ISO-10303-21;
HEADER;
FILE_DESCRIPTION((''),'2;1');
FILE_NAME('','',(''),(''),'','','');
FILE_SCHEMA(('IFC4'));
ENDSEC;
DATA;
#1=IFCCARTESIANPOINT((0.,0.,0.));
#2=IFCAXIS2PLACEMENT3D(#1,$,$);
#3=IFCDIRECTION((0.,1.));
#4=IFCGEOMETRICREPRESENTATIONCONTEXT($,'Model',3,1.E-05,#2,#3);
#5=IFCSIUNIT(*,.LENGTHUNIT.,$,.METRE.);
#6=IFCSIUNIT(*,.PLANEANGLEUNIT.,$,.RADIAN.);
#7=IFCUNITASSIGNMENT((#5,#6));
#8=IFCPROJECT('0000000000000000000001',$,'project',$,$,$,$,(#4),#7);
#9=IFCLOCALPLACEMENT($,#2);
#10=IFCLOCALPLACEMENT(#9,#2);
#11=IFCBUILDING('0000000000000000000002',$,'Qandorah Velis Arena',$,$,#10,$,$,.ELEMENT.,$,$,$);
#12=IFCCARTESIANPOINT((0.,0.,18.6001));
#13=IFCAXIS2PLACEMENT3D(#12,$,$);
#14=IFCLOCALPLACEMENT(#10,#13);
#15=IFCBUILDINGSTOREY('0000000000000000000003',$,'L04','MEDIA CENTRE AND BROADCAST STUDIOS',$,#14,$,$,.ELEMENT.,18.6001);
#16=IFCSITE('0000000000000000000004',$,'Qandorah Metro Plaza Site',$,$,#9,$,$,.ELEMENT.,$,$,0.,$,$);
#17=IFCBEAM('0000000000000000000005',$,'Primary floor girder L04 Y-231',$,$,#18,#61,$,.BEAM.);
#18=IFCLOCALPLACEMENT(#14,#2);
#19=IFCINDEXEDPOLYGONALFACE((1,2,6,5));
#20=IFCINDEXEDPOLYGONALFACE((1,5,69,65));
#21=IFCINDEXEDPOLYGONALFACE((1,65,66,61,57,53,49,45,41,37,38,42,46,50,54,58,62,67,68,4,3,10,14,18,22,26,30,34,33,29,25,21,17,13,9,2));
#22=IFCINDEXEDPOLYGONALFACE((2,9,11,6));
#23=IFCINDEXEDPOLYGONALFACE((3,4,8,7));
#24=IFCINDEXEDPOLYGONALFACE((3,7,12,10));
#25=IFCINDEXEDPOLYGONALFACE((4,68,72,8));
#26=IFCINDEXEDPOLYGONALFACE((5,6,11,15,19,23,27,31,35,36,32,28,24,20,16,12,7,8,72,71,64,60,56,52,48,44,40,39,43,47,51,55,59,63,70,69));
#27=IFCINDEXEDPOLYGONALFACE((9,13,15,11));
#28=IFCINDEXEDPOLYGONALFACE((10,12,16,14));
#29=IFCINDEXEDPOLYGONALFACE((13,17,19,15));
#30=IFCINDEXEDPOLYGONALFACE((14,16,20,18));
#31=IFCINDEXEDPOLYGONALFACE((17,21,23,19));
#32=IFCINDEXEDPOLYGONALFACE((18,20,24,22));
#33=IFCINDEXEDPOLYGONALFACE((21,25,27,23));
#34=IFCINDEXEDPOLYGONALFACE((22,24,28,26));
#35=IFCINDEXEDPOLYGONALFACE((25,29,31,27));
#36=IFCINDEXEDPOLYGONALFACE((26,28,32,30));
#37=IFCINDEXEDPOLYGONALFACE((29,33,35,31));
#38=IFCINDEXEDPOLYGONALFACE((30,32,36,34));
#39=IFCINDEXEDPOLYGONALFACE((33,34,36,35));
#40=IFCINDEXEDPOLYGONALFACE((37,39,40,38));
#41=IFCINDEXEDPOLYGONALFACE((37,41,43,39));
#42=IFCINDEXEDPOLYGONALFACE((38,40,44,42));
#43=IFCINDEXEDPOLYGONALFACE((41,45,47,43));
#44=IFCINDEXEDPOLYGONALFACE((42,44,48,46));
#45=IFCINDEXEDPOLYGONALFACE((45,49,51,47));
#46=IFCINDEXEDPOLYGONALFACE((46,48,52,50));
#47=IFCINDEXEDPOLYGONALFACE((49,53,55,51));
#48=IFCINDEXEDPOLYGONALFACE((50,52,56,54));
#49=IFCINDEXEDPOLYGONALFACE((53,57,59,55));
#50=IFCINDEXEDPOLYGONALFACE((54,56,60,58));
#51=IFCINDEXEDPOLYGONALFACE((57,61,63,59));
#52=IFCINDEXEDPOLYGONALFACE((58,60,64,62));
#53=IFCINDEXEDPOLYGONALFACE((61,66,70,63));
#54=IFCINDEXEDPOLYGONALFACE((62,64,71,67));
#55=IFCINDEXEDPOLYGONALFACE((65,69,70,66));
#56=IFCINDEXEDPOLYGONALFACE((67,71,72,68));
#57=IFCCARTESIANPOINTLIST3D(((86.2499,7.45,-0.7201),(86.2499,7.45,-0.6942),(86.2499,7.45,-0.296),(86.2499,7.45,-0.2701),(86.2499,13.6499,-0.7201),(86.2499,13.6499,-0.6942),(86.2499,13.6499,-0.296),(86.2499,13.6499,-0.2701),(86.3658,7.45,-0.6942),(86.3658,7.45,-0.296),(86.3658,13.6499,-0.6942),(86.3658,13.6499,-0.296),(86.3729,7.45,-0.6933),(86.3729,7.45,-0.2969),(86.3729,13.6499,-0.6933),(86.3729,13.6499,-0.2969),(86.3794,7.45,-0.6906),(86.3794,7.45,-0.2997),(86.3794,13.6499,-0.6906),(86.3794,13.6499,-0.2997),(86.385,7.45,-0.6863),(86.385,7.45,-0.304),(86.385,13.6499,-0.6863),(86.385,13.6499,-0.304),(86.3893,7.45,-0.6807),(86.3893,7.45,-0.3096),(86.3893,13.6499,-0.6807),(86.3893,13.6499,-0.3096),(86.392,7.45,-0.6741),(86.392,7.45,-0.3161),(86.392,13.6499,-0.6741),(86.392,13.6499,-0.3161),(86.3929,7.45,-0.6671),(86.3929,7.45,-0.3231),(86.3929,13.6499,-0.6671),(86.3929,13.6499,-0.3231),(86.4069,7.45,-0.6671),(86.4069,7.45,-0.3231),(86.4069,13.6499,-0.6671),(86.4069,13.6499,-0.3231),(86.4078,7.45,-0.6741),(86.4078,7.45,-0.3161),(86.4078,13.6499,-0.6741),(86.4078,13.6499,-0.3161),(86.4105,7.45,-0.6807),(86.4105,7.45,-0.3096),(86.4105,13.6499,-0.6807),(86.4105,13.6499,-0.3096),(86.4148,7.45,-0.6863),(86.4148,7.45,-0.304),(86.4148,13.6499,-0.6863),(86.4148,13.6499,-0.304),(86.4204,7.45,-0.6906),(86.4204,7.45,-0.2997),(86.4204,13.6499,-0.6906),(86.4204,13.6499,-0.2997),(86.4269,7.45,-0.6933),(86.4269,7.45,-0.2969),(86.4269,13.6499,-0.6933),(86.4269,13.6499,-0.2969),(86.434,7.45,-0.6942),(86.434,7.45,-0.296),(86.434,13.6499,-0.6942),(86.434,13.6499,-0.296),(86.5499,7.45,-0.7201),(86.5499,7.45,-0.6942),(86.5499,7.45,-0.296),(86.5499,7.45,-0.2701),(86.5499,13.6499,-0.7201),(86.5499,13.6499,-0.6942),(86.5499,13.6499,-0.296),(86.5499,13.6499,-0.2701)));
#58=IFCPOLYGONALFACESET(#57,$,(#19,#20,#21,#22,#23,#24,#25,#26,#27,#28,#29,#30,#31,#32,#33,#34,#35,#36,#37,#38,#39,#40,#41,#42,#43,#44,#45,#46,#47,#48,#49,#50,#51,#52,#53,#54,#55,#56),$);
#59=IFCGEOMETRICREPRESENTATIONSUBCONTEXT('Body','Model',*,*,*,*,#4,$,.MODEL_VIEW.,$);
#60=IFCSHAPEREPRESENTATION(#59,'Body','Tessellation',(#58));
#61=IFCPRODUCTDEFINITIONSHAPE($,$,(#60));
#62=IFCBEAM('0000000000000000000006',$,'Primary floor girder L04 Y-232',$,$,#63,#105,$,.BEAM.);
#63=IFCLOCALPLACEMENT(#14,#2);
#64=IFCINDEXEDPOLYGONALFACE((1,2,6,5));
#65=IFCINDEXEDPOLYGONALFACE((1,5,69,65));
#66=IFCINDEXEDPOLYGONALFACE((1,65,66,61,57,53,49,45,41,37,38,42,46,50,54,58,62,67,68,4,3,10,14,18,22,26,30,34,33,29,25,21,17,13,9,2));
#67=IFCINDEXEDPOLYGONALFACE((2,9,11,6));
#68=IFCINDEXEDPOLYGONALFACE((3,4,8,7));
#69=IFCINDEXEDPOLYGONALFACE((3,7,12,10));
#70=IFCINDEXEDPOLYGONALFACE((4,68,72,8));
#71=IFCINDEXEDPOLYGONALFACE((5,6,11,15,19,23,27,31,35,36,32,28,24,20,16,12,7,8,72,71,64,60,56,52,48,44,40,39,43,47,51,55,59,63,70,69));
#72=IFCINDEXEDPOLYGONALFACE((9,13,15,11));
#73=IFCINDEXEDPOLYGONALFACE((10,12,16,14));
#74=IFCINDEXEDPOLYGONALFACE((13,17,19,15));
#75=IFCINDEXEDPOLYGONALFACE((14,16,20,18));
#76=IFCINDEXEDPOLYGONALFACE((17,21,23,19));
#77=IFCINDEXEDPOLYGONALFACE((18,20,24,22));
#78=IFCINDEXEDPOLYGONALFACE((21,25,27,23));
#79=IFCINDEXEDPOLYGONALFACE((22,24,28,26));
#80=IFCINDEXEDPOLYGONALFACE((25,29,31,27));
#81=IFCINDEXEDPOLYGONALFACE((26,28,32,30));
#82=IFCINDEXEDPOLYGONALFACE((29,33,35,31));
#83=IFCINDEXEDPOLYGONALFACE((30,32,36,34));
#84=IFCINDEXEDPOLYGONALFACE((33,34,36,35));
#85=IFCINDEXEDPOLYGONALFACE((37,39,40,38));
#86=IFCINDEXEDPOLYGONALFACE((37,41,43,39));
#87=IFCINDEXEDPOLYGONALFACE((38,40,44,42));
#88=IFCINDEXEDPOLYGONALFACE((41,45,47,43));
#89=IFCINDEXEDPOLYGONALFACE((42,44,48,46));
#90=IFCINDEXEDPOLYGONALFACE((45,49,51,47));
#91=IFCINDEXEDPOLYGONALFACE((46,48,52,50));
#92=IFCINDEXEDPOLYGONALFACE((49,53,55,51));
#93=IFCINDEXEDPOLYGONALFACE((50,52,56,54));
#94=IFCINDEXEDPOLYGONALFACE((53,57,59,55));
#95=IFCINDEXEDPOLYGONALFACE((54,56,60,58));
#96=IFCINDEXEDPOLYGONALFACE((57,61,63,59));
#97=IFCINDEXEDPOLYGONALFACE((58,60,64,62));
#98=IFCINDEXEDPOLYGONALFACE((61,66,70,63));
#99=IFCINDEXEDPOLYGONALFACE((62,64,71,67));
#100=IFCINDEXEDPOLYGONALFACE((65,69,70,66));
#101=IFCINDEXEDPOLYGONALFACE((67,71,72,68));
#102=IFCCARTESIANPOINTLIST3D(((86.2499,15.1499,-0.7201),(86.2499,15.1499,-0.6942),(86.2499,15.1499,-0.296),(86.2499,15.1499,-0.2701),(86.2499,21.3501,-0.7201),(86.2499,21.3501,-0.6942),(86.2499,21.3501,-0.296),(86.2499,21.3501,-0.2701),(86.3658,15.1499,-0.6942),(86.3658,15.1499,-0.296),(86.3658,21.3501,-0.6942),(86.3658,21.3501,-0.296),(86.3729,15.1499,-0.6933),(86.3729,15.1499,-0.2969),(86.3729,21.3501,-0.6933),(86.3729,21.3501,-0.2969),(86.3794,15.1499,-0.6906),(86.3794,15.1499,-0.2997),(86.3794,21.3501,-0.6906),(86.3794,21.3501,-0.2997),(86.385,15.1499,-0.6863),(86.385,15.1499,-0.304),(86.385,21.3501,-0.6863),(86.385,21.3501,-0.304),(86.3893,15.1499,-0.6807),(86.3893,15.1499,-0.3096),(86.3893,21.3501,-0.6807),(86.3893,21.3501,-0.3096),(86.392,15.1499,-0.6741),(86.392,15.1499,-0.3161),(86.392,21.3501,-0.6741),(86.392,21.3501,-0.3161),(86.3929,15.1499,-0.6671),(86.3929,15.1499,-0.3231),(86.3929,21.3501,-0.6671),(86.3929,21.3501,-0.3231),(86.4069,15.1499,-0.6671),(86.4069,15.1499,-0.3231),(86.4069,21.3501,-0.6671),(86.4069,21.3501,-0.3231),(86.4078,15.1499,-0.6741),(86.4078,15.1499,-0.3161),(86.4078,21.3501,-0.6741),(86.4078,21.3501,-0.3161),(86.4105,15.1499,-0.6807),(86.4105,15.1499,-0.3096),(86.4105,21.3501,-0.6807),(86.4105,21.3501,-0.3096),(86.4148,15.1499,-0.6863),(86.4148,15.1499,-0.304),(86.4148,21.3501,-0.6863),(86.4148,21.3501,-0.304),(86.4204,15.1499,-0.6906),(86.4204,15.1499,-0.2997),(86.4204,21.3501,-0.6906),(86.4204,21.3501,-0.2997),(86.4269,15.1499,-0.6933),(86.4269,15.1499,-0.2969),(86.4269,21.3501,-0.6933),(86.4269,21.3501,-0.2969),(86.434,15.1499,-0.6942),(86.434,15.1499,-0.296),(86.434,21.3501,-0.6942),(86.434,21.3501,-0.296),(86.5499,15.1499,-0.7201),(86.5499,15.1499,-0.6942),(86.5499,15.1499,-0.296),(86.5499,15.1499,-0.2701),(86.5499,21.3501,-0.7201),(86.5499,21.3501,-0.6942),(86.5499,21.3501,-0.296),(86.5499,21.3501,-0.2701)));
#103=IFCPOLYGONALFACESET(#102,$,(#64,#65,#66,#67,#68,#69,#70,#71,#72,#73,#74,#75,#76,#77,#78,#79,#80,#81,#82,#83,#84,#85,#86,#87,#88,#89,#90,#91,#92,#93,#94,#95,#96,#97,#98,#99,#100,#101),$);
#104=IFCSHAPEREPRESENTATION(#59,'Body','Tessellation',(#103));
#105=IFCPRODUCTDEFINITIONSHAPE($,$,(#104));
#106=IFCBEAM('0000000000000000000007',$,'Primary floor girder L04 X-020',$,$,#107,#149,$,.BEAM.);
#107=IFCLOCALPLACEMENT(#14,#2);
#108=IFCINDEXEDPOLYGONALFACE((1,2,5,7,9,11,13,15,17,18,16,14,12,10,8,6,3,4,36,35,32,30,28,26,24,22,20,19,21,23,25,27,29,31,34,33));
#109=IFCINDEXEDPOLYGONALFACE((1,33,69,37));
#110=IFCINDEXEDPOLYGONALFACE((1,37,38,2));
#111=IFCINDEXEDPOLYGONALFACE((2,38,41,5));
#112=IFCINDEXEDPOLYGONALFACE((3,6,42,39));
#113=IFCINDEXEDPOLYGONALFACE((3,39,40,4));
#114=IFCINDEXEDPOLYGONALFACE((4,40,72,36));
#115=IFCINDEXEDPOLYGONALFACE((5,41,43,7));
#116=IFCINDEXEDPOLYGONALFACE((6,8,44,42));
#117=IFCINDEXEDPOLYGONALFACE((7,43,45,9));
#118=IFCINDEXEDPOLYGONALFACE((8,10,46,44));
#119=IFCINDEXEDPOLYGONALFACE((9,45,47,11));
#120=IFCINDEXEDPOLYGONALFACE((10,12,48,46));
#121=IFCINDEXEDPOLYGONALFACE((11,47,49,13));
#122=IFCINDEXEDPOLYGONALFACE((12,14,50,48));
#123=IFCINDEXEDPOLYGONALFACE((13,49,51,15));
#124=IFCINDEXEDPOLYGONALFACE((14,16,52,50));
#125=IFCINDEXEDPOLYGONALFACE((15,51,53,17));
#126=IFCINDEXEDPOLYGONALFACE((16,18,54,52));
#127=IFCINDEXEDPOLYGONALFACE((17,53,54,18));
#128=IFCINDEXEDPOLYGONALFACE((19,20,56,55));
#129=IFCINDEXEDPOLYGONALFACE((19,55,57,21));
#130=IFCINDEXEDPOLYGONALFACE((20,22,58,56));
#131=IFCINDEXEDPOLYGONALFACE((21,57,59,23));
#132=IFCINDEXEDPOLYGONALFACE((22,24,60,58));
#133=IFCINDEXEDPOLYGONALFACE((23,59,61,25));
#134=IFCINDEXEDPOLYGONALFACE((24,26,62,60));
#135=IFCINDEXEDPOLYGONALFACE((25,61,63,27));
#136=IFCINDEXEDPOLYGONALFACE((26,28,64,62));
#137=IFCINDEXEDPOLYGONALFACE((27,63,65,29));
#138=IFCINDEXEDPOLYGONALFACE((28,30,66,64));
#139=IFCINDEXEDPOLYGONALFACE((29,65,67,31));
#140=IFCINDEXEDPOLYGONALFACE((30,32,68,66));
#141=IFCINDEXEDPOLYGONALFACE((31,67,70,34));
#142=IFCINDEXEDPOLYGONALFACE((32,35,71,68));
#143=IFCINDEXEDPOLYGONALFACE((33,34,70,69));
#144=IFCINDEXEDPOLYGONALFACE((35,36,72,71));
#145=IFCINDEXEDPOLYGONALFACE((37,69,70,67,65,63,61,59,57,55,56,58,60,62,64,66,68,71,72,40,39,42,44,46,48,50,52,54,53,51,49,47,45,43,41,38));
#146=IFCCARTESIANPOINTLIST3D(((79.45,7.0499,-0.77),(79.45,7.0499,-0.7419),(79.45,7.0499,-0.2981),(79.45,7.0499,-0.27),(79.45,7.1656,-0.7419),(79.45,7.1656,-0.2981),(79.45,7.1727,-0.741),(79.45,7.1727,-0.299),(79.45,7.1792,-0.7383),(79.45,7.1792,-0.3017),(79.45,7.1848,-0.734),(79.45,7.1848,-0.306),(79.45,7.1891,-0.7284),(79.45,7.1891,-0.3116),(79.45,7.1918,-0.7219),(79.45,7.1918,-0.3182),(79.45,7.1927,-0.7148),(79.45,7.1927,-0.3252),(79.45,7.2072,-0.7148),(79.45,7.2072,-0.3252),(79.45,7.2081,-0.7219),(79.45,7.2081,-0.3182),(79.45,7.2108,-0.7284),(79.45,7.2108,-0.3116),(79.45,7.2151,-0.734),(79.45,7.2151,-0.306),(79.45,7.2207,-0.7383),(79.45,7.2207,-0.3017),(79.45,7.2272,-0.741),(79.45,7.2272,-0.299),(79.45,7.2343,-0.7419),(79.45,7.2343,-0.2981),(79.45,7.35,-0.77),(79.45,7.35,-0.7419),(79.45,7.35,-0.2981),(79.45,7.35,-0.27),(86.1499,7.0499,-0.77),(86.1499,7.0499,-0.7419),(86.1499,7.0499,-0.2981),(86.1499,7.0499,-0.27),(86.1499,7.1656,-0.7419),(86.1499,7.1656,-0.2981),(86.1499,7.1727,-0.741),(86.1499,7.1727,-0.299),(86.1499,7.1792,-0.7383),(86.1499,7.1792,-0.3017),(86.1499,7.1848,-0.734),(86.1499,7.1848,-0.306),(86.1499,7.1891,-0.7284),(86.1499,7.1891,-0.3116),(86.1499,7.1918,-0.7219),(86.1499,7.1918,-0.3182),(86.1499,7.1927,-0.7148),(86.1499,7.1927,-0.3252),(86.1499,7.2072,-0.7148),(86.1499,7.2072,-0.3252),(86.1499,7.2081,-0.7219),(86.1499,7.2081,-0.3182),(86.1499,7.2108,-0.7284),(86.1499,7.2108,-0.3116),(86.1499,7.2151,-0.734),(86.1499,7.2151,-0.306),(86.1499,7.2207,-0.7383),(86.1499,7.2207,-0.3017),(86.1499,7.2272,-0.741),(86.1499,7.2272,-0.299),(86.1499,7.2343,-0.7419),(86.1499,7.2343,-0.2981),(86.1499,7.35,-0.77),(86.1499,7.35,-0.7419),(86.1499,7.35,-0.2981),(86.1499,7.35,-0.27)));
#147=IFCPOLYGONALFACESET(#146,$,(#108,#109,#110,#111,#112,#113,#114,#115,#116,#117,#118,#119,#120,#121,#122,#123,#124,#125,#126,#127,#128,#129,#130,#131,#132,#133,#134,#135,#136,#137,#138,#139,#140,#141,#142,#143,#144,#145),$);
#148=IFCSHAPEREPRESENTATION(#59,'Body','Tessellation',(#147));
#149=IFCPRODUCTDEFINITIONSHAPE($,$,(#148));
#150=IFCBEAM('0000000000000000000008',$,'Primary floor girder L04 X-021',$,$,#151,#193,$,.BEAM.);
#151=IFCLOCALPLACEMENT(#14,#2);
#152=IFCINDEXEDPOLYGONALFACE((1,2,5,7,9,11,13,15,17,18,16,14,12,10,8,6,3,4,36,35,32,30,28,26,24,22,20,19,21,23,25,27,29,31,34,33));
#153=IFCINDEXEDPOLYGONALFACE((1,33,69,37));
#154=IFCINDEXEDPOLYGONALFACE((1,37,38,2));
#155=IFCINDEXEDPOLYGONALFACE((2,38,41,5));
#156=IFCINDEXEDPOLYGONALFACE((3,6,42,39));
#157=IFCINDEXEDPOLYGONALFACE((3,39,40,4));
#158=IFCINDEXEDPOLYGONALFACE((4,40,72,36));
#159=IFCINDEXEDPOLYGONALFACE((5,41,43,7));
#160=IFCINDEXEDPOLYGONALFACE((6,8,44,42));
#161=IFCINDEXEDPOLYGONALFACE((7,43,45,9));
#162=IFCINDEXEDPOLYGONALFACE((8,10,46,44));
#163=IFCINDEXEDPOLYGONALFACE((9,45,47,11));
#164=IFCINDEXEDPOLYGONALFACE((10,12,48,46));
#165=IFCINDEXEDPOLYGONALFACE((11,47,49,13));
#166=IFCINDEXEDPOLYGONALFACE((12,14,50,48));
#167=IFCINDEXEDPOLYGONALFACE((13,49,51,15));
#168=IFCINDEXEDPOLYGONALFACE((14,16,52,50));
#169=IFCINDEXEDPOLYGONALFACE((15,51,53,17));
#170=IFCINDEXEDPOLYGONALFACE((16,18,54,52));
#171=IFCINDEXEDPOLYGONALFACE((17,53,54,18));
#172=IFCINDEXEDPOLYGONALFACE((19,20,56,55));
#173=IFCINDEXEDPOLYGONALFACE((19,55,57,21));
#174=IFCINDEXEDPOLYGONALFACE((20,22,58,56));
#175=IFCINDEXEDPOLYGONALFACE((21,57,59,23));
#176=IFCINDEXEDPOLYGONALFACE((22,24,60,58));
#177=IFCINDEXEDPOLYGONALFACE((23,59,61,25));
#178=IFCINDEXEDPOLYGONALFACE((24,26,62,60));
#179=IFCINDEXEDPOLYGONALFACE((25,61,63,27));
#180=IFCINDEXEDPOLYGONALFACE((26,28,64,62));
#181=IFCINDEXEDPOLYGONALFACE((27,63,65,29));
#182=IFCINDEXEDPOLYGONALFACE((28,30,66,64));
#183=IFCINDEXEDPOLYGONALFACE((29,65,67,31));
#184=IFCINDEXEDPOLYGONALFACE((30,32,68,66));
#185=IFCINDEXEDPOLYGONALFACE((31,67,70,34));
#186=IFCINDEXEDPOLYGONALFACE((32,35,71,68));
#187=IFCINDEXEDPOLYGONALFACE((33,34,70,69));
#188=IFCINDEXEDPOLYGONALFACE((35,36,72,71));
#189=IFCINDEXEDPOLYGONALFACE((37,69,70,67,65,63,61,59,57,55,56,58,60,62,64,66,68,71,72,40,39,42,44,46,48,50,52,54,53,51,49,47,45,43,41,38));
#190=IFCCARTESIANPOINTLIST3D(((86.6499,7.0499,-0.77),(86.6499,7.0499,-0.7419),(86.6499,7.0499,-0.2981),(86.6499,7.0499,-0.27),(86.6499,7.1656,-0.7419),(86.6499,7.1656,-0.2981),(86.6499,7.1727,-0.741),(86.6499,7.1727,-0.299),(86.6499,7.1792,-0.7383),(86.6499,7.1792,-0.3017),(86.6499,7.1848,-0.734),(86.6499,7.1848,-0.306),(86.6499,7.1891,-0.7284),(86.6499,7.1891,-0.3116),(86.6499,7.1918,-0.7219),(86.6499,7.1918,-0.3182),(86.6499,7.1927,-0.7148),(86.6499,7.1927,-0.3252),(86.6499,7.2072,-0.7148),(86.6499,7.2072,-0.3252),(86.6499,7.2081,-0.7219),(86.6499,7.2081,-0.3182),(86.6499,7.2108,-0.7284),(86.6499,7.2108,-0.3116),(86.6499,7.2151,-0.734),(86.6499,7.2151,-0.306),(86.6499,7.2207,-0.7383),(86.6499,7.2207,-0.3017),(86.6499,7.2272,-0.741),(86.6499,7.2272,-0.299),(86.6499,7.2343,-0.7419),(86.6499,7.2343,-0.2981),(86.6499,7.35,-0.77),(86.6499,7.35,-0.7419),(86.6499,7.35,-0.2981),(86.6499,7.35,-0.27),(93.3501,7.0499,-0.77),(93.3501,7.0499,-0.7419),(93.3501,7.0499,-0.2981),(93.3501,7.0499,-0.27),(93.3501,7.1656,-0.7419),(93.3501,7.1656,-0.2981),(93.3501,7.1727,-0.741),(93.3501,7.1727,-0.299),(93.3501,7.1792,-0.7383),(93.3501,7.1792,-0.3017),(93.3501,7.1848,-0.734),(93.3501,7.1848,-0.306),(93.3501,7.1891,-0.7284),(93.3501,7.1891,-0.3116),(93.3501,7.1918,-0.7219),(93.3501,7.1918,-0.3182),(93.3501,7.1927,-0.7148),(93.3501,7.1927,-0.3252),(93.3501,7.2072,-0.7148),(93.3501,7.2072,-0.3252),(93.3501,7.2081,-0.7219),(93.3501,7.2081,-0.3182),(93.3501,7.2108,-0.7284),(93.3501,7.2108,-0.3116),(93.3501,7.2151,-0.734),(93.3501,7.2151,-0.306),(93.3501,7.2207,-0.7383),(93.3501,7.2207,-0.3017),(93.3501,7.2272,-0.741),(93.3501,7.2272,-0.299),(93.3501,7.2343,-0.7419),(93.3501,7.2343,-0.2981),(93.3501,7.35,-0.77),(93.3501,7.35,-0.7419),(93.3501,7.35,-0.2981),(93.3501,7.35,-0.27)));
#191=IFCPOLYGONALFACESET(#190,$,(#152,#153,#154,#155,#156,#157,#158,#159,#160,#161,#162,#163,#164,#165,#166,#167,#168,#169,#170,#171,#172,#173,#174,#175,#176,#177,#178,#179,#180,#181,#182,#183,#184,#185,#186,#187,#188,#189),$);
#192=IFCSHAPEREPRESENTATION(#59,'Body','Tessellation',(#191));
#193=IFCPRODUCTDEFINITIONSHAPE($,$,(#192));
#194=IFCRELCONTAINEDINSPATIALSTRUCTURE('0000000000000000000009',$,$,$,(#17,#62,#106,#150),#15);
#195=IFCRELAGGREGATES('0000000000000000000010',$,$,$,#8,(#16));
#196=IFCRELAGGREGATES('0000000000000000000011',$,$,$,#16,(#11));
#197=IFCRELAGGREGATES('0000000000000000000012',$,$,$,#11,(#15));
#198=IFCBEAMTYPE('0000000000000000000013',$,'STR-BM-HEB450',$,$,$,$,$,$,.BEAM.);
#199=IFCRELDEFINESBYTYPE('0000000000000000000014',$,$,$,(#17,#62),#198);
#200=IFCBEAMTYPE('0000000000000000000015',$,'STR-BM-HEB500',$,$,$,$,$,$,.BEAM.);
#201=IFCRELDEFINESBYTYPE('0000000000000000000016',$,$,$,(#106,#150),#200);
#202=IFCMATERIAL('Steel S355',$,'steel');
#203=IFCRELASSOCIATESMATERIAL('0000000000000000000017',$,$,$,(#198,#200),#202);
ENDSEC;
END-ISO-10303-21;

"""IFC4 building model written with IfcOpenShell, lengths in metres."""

from ifc_helpers import new_model, si_unit, direction, frame, origin, origin_2d, place, context, subcontext, project, spatial, i_section, extrude, material, material_profile, profile_set, type_object, element, save


model = new_model("IFC4")

# Units and contexts
model_context = context("Model", 3, precision=1e-05, world=origin(), true_north=direction((0.0, 1.0)))
body_context = subcontext(model_context, "Body", "Model", "MODEL_VIEW")
ifc_project = project(units=[si_unit("LENGTHUNIT", "METRE"), si_unit("PLANEANGLEUNIT", "RADIAN")], contexts=[model_context])

# Site, building, storey
site_placement = place(None, origin())
site = spatial("IfcSite", under=ifc_project, at=site_placement, Name="Qandorah Metro Plaza Site", CompositionType="ELEMENT", RefElevation=0.0)
building_placement = place(site_placement, origin())
building = spatial("IfcBuilding", under=site, at=building_placement, Name="Qandorah Velis Arena", CompositionType="ELEMENT")
storey_placement = place(building_placement, frame((0.0, 0.0, 18.6001)))
storey = spatial("IfcBuildingStorey", under=building, at=storey_placement, Name="L04", Description="MEDIA CENTRE AND BROADCAST STUDIOS", CompositionType="ELEMENT", Elevation=18.6001)

# Shared definitions
ifc_material_1 = material(Name="Steel S355", Category="steel")

# Beams
ifc_material_profile_1 = material_profile(ifc_material_1, i_section(OverallWidth=0.3, OverallDepth=0.45, WebThickness=0.0139, FlangeThickness=0.0259, FilletRadius=0.0271, at=origin_2d()), Name="HEB 450")
ifc_profile_set_1 = profile_set([ifc_material_profile_1], Name="Steel S355")
beam_type_1 = type_object("IfcBeamType", Name="STR-BM-HEB450", PredefinedType="BEAM", material=ifc_profile_set_1)
beam_1_placement = place(storey_placement, frame((86.3999, 7.45, -0.4951), z_axis=(0.0, 1.0, 0.0), x_axis=(-1.0, 0.0, 0.0)))
element("IfcBeam", 1, at=beam_1_placement, inside=storey, type_object=beam_type_1, Name="Primary floor girder L04 Y-231", PredefinedType="BEAM", context=body_context, shape_type="SweptSolid", body=[
    extrude(i_section(OverallWidth=0.3, OverallDepth=0.45, WebThickness=0.0139, FlangeThickness=0.0259, FilletRadius=0.0271, at=origin_2d()), origin(), (0.0, 0.0, 1.0), 6.2),
])
beam_2_placement = place(storey_placement, frame((86.3999, 15.1499, -0.4951), z_axis=(0.0, 1.0, 0.0), x_axis=(-1.0, 0.0, 0.0)))
element("IfcBeam", 2, at=beam_2_placement, inside=storey, type_object=beam_type_1, Name="Primary floor girder L04 Y-232", PredefinedType="BEAM", context=body_context, shape_type="SweptSolid", body=[
    extrude(i_section(OverallWidth=0.3, OverallDepth=0.45, WebThickness=0.0139, FlangeThickness=0.0259, FilletRadius=0.0271, at=origin_2d()), origin(), (0.0, 0.0, 1.0), 6.2002),
])
ifc_material_profile_2 = material_profile(ifc_material_1, i_section(OverallWidth=0.3, OverallDepth=0.5, WebThickness=0.0144, FlangeThickness=0.0281, FilletRadius=0.0271, at=origin_2d()), Name="HEB 500")
ifc_profile_set_2 = profile_set([ifc_material_profile_2], Name="Steel S355")
beam_type_2 = type_object("IfcBeamType", Name="STR-BM-HEB500", PredefinedType="BEAM", material=ifc_profile_set_2)
beam_3_placement = place(storey_placement, frame((79.45, 7.2, -0.52), z_axis=(1.0, 0.0, 0.0), x_axis=(0.0, 1.0, 0.0)))
element("IfcBeam", 3, at=beam_3_placement, inside=storey, type_object=beam_type_2, Name="Primary floor girder L04 X-020", PredefinedType="BEAM", context=body_context, shape_type="SweptSolid", body=[
    extrude(i_section(OverallWidth=0.3, OverallDepth=0.5, WebThickness=0.0144, FlangeThickness=0.0281, FilletRadius=0.0271, at=origin_2d()), origin(), (0.0, 0.0, 1.0), 6.7),
])
beam_4_placement = place(storey_placement, frame((86.6499, 7.2, -0.52), z_axis=(1.0, 0.0, 0.0), x_axis=(0.0, 1.0, 0.0)))
element("IfcBeam", 4, at=beam_4_placement, inside=storey, type_object=beam_type_2, Name="Primary floor girder L04 X-021", PredefinedType="BEAM", context=body_context, shape_type="SweptSolid", body=[
    extrude(i_section(OverallWidth=0.3, OverallDepth=0.5, WebThickness=0.0144, FlangeThickness=0.0281, FilletRadius=0.0271, at=origin_2d()), origin(), (0.0, 0.0, 1.0), 6.7002),
])

save(model, "model.ifc")
